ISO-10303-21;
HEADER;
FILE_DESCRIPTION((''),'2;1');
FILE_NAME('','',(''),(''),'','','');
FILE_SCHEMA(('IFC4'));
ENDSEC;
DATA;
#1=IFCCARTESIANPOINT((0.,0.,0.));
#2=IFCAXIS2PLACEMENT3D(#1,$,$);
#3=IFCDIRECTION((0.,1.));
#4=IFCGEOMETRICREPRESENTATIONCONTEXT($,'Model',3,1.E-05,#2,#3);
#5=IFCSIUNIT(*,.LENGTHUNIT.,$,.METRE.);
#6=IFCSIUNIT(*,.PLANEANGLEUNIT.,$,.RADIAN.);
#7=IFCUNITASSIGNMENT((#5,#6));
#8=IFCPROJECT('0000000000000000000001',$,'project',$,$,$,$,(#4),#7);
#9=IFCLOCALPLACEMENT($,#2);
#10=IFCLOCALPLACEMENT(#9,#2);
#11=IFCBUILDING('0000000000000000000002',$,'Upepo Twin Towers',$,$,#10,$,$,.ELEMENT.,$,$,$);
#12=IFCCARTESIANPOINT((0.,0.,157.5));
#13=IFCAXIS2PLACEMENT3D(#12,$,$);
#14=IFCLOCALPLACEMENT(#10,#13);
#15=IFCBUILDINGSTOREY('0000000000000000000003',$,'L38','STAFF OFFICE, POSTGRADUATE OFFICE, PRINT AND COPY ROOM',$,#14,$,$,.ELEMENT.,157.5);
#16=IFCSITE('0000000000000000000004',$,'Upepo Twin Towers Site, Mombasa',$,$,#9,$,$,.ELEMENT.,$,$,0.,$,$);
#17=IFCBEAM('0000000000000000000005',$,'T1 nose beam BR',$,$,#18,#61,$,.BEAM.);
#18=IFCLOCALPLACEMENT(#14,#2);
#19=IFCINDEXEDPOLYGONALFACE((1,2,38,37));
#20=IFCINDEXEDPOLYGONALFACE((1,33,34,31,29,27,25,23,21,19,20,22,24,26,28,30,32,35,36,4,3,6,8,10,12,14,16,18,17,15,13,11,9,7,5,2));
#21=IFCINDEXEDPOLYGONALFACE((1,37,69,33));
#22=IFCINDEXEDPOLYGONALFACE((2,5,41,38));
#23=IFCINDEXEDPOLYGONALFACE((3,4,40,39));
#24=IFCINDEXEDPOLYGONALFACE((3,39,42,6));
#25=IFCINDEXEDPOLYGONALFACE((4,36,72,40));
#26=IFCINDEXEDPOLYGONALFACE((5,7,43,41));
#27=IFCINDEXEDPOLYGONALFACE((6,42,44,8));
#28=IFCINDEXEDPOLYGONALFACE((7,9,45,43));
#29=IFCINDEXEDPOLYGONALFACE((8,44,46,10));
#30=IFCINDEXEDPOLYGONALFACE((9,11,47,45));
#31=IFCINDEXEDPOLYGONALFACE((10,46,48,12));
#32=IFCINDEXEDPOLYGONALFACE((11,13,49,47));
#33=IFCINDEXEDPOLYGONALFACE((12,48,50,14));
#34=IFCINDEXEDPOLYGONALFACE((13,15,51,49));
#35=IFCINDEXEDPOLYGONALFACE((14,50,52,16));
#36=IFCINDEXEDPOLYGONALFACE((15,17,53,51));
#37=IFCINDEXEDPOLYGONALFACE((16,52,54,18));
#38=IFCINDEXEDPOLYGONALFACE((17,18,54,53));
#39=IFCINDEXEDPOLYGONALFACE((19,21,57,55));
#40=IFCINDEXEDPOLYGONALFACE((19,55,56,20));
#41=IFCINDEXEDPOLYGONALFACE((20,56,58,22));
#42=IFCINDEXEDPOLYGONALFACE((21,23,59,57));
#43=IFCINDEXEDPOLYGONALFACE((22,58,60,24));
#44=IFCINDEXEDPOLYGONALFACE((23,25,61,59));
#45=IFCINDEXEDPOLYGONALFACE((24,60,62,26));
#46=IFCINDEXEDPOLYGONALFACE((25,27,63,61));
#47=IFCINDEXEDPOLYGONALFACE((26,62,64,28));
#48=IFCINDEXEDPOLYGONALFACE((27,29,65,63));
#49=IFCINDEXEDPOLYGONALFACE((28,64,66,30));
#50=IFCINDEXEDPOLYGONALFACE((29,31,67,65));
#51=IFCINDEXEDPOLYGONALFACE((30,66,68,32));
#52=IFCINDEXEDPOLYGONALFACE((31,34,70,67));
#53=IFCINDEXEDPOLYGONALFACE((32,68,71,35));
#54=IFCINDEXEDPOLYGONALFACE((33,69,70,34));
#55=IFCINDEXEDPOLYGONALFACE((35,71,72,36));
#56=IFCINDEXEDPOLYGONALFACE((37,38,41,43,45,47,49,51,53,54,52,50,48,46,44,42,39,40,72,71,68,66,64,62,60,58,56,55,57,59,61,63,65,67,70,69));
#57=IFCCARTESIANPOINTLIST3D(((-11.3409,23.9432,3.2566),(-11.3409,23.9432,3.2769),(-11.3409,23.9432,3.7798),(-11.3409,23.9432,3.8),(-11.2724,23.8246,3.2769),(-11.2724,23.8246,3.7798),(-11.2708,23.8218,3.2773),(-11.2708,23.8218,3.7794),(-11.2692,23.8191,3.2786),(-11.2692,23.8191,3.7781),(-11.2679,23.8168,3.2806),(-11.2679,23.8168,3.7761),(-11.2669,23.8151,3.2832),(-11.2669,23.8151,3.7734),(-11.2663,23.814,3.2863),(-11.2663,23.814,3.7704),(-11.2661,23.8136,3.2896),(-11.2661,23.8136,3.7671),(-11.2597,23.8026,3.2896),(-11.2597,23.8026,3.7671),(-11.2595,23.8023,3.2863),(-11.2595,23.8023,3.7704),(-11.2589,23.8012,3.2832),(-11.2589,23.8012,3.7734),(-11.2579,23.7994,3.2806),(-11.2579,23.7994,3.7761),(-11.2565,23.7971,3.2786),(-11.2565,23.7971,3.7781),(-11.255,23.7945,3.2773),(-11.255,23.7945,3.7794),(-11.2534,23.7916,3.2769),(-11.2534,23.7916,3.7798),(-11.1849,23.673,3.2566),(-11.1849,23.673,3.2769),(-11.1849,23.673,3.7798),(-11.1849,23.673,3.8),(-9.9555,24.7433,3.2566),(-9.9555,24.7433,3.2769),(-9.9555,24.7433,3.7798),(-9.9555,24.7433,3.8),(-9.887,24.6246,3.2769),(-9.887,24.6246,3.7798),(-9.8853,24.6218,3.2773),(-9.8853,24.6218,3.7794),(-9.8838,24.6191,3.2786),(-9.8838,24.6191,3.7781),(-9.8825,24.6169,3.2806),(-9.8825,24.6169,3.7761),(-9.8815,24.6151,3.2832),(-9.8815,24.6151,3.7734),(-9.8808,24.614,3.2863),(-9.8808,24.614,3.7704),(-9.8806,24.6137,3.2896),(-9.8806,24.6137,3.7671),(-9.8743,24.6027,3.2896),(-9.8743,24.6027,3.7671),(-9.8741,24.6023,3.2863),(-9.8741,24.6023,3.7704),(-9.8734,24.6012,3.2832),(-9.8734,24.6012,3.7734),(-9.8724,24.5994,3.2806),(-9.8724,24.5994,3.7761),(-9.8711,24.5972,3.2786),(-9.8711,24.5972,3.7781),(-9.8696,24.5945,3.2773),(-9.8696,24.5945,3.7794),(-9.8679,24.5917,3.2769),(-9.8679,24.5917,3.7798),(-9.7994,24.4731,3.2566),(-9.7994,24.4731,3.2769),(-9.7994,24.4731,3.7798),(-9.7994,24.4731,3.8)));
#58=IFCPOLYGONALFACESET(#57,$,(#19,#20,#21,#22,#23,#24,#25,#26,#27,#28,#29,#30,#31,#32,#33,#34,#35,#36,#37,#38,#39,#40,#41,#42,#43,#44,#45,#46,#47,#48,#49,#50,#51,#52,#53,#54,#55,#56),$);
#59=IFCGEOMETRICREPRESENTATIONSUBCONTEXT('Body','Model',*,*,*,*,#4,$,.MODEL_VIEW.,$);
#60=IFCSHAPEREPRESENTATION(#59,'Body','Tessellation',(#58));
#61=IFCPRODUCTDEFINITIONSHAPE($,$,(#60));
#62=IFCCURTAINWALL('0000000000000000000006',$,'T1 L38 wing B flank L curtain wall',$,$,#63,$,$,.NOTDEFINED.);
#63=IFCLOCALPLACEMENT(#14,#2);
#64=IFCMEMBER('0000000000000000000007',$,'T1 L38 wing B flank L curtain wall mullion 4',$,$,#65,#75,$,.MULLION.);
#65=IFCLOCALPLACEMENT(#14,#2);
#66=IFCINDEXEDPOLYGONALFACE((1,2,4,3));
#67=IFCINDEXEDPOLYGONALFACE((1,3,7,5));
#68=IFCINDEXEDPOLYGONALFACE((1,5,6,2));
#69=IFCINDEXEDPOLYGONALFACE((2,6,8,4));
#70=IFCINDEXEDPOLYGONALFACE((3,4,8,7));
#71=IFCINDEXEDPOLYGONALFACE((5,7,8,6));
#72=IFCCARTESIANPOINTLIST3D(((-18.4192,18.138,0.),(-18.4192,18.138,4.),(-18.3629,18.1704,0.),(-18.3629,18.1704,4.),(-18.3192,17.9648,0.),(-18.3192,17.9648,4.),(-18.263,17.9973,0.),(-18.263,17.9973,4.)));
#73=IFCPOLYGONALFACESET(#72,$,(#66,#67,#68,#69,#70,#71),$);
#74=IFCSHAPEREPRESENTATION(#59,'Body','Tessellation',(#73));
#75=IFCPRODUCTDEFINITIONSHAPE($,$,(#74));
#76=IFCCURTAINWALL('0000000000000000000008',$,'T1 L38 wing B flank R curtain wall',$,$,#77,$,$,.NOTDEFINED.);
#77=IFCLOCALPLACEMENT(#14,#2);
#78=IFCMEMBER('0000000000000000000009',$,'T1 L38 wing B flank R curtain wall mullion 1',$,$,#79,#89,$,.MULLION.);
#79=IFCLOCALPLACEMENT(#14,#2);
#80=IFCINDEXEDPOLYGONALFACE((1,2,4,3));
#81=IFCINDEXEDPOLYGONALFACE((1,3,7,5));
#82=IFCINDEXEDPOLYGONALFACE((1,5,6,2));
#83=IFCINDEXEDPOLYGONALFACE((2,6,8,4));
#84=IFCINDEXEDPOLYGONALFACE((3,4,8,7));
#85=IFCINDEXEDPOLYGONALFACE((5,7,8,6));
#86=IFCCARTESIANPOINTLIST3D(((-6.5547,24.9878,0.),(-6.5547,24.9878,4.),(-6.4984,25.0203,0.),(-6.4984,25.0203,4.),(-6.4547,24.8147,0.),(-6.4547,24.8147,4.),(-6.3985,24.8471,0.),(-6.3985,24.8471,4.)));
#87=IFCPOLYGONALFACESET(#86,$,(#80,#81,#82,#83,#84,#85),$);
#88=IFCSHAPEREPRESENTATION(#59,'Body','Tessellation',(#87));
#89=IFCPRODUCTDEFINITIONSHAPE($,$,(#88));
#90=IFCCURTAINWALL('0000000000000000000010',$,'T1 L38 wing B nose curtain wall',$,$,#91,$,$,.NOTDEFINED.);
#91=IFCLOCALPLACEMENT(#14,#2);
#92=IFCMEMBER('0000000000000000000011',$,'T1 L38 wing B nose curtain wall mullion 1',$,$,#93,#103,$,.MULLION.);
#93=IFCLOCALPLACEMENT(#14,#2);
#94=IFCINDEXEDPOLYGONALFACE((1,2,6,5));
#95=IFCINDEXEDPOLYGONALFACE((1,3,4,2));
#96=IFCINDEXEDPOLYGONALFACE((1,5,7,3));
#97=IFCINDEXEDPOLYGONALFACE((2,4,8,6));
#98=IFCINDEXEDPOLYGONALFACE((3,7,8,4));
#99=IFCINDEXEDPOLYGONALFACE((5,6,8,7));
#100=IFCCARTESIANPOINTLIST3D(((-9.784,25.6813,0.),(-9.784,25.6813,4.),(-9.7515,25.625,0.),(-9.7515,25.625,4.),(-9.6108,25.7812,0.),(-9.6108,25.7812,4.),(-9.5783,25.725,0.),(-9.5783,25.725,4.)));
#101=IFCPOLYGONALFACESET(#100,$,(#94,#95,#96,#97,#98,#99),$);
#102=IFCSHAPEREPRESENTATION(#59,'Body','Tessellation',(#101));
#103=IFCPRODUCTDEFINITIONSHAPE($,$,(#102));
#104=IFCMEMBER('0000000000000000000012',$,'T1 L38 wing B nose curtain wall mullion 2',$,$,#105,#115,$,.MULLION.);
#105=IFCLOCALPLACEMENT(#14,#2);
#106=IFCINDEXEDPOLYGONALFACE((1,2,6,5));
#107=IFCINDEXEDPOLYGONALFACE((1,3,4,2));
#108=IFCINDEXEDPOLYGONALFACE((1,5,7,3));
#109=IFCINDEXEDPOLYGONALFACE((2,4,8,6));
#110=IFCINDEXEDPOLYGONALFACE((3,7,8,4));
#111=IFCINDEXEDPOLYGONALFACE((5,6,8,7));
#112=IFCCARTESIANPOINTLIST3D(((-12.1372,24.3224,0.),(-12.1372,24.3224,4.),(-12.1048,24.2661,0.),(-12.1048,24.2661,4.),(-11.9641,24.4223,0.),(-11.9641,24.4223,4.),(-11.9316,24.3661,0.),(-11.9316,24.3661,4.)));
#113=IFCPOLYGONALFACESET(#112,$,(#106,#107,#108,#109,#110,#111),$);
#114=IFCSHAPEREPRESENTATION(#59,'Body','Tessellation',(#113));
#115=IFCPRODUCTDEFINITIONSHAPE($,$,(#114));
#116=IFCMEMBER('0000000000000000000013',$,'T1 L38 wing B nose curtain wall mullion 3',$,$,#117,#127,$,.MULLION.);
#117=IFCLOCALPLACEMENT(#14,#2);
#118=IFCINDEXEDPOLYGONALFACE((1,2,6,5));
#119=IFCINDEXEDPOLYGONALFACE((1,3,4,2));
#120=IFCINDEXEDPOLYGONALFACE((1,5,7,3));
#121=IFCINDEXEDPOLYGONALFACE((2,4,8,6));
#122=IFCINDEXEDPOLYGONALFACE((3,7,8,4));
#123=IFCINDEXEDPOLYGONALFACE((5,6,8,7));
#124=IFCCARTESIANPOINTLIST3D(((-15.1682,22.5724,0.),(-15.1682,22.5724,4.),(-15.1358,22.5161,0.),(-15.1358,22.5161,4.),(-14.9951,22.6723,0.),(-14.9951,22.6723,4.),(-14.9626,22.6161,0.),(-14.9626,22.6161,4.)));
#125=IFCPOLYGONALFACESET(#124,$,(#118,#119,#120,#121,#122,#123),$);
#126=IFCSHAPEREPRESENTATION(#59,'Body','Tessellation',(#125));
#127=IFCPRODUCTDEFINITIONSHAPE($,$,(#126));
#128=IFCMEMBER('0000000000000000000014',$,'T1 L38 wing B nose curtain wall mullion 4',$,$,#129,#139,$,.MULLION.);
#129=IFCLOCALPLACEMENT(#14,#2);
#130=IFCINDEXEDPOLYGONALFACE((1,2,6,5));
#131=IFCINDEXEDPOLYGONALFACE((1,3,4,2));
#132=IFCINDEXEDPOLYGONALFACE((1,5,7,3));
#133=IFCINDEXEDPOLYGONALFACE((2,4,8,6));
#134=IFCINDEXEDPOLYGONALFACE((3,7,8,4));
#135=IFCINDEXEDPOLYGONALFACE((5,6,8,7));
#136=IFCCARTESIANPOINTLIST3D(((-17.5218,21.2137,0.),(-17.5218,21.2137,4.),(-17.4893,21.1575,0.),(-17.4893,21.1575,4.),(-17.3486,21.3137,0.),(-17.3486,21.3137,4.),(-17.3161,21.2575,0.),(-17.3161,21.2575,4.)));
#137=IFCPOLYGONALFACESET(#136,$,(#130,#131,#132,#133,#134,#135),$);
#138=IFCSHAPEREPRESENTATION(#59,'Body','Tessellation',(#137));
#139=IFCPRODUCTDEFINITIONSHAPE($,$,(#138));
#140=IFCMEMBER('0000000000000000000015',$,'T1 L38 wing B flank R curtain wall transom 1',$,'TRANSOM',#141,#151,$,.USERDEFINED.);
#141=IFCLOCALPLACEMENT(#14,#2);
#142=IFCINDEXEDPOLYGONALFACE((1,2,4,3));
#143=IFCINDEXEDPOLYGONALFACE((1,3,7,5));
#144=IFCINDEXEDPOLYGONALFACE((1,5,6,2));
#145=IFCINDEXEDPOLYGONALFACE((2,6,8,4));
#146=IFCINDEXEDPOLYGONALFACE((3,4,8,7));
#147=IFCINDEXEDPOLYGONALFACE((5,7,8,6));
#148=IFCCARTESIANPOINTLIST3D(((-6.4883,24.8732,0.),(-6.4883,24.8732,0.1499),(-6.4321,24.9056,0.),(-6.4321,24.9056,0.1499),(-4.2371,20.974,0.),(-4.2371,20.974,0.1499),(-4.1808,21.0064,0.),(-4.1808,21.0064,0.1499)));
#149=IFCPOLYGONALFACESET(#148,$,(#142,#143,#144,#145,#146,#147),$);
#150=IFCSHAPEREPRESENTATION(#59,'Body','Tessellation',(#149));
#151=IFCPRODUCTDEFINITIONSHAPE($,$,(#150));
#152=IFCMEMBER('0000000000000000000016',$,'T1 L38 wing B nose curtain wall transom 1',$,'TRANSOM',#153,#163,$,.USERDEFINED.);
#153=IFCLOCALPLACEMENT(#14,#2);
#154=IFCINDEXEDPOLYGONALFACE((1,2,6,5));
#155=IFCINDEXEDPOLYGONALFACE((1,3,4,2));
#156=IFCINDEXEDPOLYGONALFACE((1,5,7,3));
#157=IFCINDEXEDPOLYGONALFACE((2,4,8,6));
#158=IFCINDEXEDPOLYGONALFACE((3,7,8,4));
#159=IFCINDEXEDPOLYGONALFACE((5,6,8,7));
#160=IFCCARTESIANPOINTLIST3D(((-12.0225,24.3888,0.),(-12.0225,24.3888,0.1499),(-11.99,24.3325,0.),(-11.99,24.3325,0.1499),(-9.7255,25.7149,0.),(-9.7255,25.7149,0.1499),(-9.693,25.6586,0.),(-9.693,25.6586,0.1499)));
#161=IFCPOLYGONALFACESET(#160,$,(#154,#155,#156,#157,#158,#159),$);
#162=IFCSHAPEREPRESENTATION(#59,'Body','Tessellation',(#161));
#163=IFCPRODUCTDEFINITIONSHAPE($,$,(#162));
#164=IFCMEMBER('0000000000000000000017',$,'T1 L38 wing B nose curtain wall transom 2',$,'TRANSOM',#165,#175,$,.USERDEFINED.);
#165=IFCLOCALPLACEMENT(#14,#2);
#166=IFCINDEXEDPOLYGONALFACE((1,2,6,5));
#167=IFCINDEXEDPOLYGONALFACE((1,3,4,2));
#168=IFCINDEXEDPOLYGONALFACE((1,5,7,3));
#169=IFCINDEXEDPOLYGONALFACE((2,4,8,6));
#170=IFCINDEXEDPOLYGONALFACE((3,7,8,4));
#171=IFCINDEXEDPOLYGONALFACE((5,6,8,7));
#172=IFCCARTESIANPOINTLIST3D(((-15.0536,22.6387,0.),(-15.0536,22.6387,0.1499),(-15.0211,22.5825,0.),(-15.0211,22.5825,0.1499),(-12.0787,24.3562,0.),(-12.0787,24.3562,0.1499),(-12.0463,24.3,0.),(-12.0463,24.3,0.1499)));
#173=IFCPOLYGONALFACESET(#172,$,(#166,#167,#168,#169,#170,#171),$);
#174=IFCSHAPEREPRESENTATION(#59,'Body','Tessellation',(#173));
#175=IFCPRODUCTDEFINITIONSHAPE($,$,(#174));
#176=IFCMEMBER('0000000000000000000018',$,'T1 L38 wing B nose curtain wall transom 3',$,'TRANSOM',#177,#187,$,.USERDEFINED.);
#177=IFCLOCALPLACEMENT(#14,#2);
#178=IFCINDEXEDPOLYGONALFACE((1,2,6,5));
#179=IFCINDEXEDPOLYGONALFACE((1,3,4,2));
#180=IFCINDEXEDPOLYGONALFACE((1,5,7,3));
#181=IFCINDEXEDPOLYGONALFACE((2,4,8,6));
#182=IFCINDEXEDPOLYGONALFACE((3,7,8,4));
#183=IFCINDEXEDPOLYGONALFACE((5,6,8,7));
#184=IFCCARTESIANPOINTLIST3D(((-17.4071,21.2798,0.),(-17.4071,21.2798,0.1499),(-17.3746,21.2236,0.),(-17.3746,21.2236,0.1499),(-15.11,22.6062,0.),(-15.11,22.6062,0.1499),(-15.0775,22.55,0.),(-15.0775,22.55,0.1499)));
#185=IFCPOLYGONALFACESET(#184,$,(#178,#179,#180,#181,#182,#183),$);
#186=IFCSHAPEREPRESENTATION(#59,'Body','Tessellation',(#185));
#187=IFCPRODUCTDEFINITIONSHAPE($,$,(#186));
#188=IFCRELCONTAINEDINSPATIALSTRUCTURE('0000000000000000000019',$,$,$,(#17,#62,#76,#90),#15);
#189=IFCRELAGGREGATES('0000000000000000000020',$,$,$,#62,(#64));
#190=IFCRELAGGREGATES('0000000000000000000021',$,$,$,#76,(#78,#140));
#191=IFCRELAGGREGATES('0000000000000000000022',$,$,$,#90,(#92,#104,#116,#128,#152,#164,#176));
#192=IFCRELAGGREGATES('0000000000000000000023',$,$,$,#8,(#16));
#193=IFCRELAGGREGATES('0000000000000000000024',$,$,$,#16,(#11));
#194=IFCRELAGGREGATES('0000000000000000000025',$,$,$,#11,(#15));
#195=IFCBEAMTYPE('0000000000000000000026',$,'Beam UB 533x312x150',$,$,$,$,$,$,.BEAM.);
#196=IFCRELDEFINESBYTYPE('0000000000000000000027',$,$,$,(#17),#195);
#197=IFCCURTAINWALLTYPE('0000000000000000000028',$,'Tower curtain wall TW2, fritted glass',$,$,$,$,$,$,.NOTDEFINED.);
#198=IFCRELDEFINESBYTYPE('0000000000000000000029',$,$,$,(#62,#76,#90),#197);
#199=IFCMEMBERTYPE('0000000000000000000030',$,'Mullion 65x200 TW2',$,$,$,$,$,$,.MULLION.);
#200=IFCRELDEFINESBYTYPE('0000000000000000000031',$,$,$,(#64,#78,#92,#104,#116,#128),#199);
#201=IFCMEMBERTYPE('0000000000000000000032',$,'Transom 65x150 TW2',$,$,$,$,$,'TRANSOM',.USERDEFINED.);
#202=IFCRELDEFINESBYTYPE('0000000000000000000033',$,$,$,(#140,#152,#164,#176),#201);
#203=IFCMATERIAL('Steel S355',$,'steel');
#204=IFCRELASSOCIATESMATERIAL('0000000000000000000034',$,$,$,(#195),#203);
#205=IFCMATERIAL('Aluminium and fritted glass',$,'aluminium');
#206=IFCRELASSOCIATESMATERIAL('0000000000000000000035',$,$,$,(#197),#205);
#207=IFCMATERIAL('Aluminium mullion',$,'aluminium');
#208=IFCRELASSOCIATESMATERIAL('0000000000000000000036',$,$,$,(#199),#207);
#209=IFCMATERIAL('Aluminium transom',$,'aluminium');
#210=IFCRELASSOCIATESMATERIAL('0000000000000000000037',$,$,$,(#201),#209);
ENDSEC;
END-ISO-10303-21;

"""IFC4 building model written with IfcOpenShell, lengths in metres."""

from ifc_helpers import new_model, si_unit, direction, frame, origin, origin_2d, place, context, subcontext, project, spatial, rectangle, i_section, extrude, material, material_profile, profile_set, type_object, element, aggregate, save


model = new_model("IFC4")

# Units and contexts
model_context = context("Model", 3, precision=1e-05, world=origin(), true_north=direction((0.0, 1.0)))
body_context = subcontext(model_context, "Body", "Model", "MODEL_VIEW")
ifc_project = project(units=[si_unit("LENGTHUNIT", "METRE"), si_unit("PLANEANGLEUNIT", "RADIAN")], contexts=[model_context])

# Site, building, storey
site_placement = place(None, origin())
site = spatial("IfcSite", under=ifc_project, at=site_placement, Name="Upepo Twin Towers Site, Mombasa", CompositionType="ELEMENT", RefElevation=0.0)
building_placement = place(site_placement, origin())
building = spatial("IfcBuilding", under=site, at=building_placement, Name="Upepo Twin Towers", CompositionType="ELEMENT")
storey_placement = place(building_placement, frame((0.0, 0.0, 157.5)))
storey = spatial("IfcBuildingStorey", under=building, at=storey_placement, Name="L38", Description="STAFF OFFICE, POSTGRADUATE OFFICE, PRINT AND COPY ROOM", CompositionType="ELEMENT", Elevation=157.5)

# Beam
ifc_material_1 = material(Name="Steel S355", Category="steel")
ifc_material_profile_1 = material_profile(ifc_material_1, i_section(OverallWidth=0.312, OverallDepth=0.5435, WebThickness=0.0127, FlangeThickness=0.0203, FilletRadius=0.0127, at=origin_2d()), Name="UB 533x312x150")
ifc_profile_set_1 = profile_set([ifc_material_profile_1], Name="Steel S355")
beam_type_1 = type_object("IfcBeamType", Name="Beam UB 533x312x150", PredefinedType="BEAM", material=ifc_profile_set_1)
for number, where, z_axis, x_axis, name in (
    (1, (-9.8774, 24.6082, 3.5283), (-0.86599, -0.500061, 0.0), (0.500061, -0.86599, 0.0), "T1 nose beam BR"),
):
    element("IfcBeam", number, at=place(storey_placement, frame(where, z_axis=z_axis, x_axis=x_axis)), inside=storey, type_object=beam_type_1, Name=name, PredefinedType="BEAM", context=body_context, shape_type="SweptSolid", body=[
        extrude(i_section(OverallWidth=0.312, OverallDepth=0.5435, WebThickness=0.0127, FlangeThickness=0.0203, FilletRadius=0.0127, at=origin_2d()), origin(), (0.0, 0.0, 1.0), 1.5999),
    ])

# Curtain walls, members
ifc_material_2 = material(Name="Aluminium and fritted glass", Category="aluminium")
curtain_wall_type = type_object("IfcCurtainWallType", Name="Tower curtain wall TW2, fritted glass", PredefinedType="NOTDEFINED", material=ifc_material_2)
curtain_wall_1_placement = place(storey_placement, origin())
curtain_wall_1 = element("IfcCurtainWall", 2, at=curtain_wall_1_placement, inside=storey, type_object=curtain_wall_type, Name="T1 L38 wing B flank L curtain wall", PredefinedType="NOTDEFINED")
ifc_material_3 = material(Name="Aluminium mullion", Category="aluminium")
ifc_material_profile_2 = material_profile(ifc_material_3, rectangle(XDim=0.0649, YDim=0.2, at=origin_2d()), Name="MULLION 65x200")
ifc_profile_set_2 = profile_set([ifc_material_profile_2], Name="Aluminium mullion")
member_type_1 = type_object("IfcMemberType", Name="Mullion 65x200 TW2", PredefinedType="MULLION", material=ifc_profile_set_2)
member_1_placement = place(storey_placement, frame((-18.3411, 18.0676, 0.0), z_axis=(0.0, 0.0, 1.0), x_axis=(-0.866025, -0.5, 0.0)))
member_1 = element("IfcMember", 3, at=member_1_placement, type_object=member_type_1, Name="T1 L38 wing B flank L curtain wall mullion 4", PredefinedType="MULLION", context=body_context, shape_type="SweptSolid", body=[
    extrude(rectangle(XDim=0.0649, YDim=0.2, at=origin_2d()), origin(), (0.0, 0.0, 1.0), 4.0),
])
aggregate(curtain_wall_1, [member_1])
curtain_wall_2_placement = place(storey_placement, origin())
curtain_wall_2 = element("IfcCurtainWall", 4, at=curtain_wall_2_placement, inside=storey, type_object=curtain_wall_type, Name="T1 L38 wing B flank R curtain wall", PredefinedType="NOTDEFINED")
member_2_placement = place(storey_placement, frame((-6.4766, 24.9175, 0.0), z_axis=(0.0, 0.0, 1.0), x_axis=(0.866025, 0.5, 0.0)))
member_2 = element("IfcMember", 5, at=member_2_placement, type_object=member_type_1, Name="T1 L38 wing B flank R curtain wall mullion 1", PredefinedType="MULLION", context=body_context, shape_type="SweptSolid", body=[
    extrude(rectangle(XDim=0.0649, YDim=0.2, at=origin_2d()), origin(), (0.0, 0.0, 1.0), 4.0),
])

# Curtain wall, members
curtain_wall_3_placement = place(storey_placement, origin())
curtain_wall_3 = element("IfcCurtainWall", 6, at=curtain_wall_3_placement, inside=storey, type_object=curtain_wall_type, Name="T1 L38 wing B nose curtain wall", PredefinedType="NOTDEFINED")
member_3_placement = place(storey_placement, frame((-9.6812, 25.7031, 0.0), z_axis=(0.0, 0.0, 1.0), x_axis=(0.5, -0.866025, 0.0)))
member_3 = element("IfcMember", 7, at=member_3_placement, type_object=member_type_1, Name="T1 L38 wing B nose curtain wall mullion 1", PredefinedType="MULLION", context=body_context, shape_type="SweptSolid", body=[
    extrude(rectangle(XDim=0.0649, YDim=0.2, at=origin_2d()), origin(), (0.0, 0.0, 1.0), 4.0),
])
member_4_placement = place(storey_placement, frame((-12.0344, 24.3442, 0.0), z_axis=(0.0, 0.0, 1.0), x_axis=(0.5, -0.866025, 0.0)))
member_4 = element("IfcMember", 8, at=member_4_placement, type_object=member_type_1, Name="T1 L38 wing B nose curtain wall mullion 2", PredefinedType="MULLION", context=body_context, shape_type="SweptSolid", body=[
    extrude(rectangle(XDim=0.0649, YDim=0.2, at=origin_2d()), origin(), (0.0, 0.0, 1.0), 4.0),
])
member_5_placement = place(storey_placement, frame((-15.0654, 22.5942, 0.0), z_axis=(0.0, 0.0, 1.0), x_axis=(0.5, -0.866025, 0.0)))
member_5 = element("IfcMember", 9, at=member_5_placement, type_object=member_type_1, Name="T1 L38 wing B nose curtain wall mullion 3", PredefinedType="MULLION", context=body_context, shape_type="SweptSolid", body=[
    extrude(rectangle(XDim=0.0649, YDim=0.2, at=origin_2d()), origin(), (0.0, 0.0, 1.0), 4.0),
])
member_6_placement = place(storey_placement, frame((-17.4189, 21.2356, 0.0), z_axis=(0.0, 0.0, 1.0), x_axis=(0.5, -0.866025, 0.0)))
member_6 = element("IfcMember", 10, at=member_6_placement, type_object=member_type_1, Name="T1 L38 wing B nose curtain wall mullion 4", PredefinedType="MULLION", context=body_context, shape_type="SweptSolid", body=[
    extrude(rectangle(XDim=0.0649, YDim=0.2, at=origin_2d()), origin(), (0.0, 0.0, 1.0), 4.0),
])

# Members
ifc_material_4 = material(Name="Aluminium transom", Category="aluminium")
ifc_material_profile_3 = material_profile(ifc_material_4, rectangle(XDim=0.0649, YDim=0.1499, at=origin_2d()), Name="TRANSOM 65x150")
ifc_profile_set_3 = profile_set([ifc_material_profile_3], Name="Aluminium transom")
member_type_2 = type_object("IfcMemberType", Name="Transom 65x150 TW2", ElementType="TRANSOM", PredefinedType="USERDEFINED", material=ifc_profile_set_3)
member_7_placement = place(storey_placement, frame((-6.4602, 24.8894, 0.075), z_axis=(0.500006, -0.866022, 0.0), x_axis=(0.866022, 0.500006, 0.0)))
member_7 = element("IfcMember", 11, at=member_7_placement, type_object=member_type_2, Name="T1 L38 wing B flank R curtain wall transom 1", ObjectType="TRANSOM", PredefinedType="USERDEFINED", context=body_context, shape_type="SweptSolid", body=[
    extrude(rectangle(XDim=0.0649, YDim=0.1499, at=origin_2d()), origin(), (0.0, 0.0, 1.0), 4.5024),
])
aggregate(curtain_wall_2, [member_2, member_7])
member_8_placement = place(storey_placement, frame((-9.7092, 25.6868, 0.075), z_axis=(-0.866037, -0.49998, 0.0), x_axis=(0.49998, -0.866037, 0.0)))
member_8 = element("IfcMember", 12, at=member_8_placement, type_object=member_type_2, Name="T1 L38 wing B nose curtain wall transom 1", ObjectType="TRANSOM", PredefinedType="USERDEFINED", context=body_context, shape_type="SweptSolid", body=[
    extrude(rectangle(XDim=0.0649, YDim=0.1499, at=origin_2d()), origin(), (0.0, 0.0, 1.0), 2.6523),
])
member_9_placement = place(storey_placement, frame((-12.0625, 24.3281, 0.075), z_axis=(-0.866026, -0.499999, 0.0), x_axis=(0.499999, -0.866026, 0.0)))
member_9 = element("IfcMember", 13, at=member_9_placement, type_object=member_type_2, Name="T1 L38 wing B nose curtain wall transom 2", ObjectType="TRANSOM", PredefinedType="USERDEFINED", context=body_context, shape_type="SweptSolid", body=[
    extrude(rectangle(XDim=0.0649, YDim=0.1499, at=origin_2d()), origin(), (0.0, 0.0, 1.0), 3.4351),
])
member_10_placement = place(storey_placement, frame((-15.0938, 22.5781, 0.075), z_axis=(-0.865997, -0.500049, 0.0), x_axis=(0.500049, -0.865997, 0.0)))
member_10 = element("IfcMember", 14, at=member_10_placement, type_object=member_type_2, Name="T1 L38 wing B nose curtain wall transom 3", ObjectType="TRANSOM", PredefinedType="USERDEFINED", context=body_context, shape_type="SweptSolid", body=[
    extrude(rectangle(XDim=0.0649, YDim=0.1499, at=origin_2d()), origin(), (0.0, 0.0, 1.0), 2.6526),
])

aggregate(curtain_wall_3, [member_3, member_4, member_5, member_6, member_8, member_9, member_10])

save(model, "model.ifc")
